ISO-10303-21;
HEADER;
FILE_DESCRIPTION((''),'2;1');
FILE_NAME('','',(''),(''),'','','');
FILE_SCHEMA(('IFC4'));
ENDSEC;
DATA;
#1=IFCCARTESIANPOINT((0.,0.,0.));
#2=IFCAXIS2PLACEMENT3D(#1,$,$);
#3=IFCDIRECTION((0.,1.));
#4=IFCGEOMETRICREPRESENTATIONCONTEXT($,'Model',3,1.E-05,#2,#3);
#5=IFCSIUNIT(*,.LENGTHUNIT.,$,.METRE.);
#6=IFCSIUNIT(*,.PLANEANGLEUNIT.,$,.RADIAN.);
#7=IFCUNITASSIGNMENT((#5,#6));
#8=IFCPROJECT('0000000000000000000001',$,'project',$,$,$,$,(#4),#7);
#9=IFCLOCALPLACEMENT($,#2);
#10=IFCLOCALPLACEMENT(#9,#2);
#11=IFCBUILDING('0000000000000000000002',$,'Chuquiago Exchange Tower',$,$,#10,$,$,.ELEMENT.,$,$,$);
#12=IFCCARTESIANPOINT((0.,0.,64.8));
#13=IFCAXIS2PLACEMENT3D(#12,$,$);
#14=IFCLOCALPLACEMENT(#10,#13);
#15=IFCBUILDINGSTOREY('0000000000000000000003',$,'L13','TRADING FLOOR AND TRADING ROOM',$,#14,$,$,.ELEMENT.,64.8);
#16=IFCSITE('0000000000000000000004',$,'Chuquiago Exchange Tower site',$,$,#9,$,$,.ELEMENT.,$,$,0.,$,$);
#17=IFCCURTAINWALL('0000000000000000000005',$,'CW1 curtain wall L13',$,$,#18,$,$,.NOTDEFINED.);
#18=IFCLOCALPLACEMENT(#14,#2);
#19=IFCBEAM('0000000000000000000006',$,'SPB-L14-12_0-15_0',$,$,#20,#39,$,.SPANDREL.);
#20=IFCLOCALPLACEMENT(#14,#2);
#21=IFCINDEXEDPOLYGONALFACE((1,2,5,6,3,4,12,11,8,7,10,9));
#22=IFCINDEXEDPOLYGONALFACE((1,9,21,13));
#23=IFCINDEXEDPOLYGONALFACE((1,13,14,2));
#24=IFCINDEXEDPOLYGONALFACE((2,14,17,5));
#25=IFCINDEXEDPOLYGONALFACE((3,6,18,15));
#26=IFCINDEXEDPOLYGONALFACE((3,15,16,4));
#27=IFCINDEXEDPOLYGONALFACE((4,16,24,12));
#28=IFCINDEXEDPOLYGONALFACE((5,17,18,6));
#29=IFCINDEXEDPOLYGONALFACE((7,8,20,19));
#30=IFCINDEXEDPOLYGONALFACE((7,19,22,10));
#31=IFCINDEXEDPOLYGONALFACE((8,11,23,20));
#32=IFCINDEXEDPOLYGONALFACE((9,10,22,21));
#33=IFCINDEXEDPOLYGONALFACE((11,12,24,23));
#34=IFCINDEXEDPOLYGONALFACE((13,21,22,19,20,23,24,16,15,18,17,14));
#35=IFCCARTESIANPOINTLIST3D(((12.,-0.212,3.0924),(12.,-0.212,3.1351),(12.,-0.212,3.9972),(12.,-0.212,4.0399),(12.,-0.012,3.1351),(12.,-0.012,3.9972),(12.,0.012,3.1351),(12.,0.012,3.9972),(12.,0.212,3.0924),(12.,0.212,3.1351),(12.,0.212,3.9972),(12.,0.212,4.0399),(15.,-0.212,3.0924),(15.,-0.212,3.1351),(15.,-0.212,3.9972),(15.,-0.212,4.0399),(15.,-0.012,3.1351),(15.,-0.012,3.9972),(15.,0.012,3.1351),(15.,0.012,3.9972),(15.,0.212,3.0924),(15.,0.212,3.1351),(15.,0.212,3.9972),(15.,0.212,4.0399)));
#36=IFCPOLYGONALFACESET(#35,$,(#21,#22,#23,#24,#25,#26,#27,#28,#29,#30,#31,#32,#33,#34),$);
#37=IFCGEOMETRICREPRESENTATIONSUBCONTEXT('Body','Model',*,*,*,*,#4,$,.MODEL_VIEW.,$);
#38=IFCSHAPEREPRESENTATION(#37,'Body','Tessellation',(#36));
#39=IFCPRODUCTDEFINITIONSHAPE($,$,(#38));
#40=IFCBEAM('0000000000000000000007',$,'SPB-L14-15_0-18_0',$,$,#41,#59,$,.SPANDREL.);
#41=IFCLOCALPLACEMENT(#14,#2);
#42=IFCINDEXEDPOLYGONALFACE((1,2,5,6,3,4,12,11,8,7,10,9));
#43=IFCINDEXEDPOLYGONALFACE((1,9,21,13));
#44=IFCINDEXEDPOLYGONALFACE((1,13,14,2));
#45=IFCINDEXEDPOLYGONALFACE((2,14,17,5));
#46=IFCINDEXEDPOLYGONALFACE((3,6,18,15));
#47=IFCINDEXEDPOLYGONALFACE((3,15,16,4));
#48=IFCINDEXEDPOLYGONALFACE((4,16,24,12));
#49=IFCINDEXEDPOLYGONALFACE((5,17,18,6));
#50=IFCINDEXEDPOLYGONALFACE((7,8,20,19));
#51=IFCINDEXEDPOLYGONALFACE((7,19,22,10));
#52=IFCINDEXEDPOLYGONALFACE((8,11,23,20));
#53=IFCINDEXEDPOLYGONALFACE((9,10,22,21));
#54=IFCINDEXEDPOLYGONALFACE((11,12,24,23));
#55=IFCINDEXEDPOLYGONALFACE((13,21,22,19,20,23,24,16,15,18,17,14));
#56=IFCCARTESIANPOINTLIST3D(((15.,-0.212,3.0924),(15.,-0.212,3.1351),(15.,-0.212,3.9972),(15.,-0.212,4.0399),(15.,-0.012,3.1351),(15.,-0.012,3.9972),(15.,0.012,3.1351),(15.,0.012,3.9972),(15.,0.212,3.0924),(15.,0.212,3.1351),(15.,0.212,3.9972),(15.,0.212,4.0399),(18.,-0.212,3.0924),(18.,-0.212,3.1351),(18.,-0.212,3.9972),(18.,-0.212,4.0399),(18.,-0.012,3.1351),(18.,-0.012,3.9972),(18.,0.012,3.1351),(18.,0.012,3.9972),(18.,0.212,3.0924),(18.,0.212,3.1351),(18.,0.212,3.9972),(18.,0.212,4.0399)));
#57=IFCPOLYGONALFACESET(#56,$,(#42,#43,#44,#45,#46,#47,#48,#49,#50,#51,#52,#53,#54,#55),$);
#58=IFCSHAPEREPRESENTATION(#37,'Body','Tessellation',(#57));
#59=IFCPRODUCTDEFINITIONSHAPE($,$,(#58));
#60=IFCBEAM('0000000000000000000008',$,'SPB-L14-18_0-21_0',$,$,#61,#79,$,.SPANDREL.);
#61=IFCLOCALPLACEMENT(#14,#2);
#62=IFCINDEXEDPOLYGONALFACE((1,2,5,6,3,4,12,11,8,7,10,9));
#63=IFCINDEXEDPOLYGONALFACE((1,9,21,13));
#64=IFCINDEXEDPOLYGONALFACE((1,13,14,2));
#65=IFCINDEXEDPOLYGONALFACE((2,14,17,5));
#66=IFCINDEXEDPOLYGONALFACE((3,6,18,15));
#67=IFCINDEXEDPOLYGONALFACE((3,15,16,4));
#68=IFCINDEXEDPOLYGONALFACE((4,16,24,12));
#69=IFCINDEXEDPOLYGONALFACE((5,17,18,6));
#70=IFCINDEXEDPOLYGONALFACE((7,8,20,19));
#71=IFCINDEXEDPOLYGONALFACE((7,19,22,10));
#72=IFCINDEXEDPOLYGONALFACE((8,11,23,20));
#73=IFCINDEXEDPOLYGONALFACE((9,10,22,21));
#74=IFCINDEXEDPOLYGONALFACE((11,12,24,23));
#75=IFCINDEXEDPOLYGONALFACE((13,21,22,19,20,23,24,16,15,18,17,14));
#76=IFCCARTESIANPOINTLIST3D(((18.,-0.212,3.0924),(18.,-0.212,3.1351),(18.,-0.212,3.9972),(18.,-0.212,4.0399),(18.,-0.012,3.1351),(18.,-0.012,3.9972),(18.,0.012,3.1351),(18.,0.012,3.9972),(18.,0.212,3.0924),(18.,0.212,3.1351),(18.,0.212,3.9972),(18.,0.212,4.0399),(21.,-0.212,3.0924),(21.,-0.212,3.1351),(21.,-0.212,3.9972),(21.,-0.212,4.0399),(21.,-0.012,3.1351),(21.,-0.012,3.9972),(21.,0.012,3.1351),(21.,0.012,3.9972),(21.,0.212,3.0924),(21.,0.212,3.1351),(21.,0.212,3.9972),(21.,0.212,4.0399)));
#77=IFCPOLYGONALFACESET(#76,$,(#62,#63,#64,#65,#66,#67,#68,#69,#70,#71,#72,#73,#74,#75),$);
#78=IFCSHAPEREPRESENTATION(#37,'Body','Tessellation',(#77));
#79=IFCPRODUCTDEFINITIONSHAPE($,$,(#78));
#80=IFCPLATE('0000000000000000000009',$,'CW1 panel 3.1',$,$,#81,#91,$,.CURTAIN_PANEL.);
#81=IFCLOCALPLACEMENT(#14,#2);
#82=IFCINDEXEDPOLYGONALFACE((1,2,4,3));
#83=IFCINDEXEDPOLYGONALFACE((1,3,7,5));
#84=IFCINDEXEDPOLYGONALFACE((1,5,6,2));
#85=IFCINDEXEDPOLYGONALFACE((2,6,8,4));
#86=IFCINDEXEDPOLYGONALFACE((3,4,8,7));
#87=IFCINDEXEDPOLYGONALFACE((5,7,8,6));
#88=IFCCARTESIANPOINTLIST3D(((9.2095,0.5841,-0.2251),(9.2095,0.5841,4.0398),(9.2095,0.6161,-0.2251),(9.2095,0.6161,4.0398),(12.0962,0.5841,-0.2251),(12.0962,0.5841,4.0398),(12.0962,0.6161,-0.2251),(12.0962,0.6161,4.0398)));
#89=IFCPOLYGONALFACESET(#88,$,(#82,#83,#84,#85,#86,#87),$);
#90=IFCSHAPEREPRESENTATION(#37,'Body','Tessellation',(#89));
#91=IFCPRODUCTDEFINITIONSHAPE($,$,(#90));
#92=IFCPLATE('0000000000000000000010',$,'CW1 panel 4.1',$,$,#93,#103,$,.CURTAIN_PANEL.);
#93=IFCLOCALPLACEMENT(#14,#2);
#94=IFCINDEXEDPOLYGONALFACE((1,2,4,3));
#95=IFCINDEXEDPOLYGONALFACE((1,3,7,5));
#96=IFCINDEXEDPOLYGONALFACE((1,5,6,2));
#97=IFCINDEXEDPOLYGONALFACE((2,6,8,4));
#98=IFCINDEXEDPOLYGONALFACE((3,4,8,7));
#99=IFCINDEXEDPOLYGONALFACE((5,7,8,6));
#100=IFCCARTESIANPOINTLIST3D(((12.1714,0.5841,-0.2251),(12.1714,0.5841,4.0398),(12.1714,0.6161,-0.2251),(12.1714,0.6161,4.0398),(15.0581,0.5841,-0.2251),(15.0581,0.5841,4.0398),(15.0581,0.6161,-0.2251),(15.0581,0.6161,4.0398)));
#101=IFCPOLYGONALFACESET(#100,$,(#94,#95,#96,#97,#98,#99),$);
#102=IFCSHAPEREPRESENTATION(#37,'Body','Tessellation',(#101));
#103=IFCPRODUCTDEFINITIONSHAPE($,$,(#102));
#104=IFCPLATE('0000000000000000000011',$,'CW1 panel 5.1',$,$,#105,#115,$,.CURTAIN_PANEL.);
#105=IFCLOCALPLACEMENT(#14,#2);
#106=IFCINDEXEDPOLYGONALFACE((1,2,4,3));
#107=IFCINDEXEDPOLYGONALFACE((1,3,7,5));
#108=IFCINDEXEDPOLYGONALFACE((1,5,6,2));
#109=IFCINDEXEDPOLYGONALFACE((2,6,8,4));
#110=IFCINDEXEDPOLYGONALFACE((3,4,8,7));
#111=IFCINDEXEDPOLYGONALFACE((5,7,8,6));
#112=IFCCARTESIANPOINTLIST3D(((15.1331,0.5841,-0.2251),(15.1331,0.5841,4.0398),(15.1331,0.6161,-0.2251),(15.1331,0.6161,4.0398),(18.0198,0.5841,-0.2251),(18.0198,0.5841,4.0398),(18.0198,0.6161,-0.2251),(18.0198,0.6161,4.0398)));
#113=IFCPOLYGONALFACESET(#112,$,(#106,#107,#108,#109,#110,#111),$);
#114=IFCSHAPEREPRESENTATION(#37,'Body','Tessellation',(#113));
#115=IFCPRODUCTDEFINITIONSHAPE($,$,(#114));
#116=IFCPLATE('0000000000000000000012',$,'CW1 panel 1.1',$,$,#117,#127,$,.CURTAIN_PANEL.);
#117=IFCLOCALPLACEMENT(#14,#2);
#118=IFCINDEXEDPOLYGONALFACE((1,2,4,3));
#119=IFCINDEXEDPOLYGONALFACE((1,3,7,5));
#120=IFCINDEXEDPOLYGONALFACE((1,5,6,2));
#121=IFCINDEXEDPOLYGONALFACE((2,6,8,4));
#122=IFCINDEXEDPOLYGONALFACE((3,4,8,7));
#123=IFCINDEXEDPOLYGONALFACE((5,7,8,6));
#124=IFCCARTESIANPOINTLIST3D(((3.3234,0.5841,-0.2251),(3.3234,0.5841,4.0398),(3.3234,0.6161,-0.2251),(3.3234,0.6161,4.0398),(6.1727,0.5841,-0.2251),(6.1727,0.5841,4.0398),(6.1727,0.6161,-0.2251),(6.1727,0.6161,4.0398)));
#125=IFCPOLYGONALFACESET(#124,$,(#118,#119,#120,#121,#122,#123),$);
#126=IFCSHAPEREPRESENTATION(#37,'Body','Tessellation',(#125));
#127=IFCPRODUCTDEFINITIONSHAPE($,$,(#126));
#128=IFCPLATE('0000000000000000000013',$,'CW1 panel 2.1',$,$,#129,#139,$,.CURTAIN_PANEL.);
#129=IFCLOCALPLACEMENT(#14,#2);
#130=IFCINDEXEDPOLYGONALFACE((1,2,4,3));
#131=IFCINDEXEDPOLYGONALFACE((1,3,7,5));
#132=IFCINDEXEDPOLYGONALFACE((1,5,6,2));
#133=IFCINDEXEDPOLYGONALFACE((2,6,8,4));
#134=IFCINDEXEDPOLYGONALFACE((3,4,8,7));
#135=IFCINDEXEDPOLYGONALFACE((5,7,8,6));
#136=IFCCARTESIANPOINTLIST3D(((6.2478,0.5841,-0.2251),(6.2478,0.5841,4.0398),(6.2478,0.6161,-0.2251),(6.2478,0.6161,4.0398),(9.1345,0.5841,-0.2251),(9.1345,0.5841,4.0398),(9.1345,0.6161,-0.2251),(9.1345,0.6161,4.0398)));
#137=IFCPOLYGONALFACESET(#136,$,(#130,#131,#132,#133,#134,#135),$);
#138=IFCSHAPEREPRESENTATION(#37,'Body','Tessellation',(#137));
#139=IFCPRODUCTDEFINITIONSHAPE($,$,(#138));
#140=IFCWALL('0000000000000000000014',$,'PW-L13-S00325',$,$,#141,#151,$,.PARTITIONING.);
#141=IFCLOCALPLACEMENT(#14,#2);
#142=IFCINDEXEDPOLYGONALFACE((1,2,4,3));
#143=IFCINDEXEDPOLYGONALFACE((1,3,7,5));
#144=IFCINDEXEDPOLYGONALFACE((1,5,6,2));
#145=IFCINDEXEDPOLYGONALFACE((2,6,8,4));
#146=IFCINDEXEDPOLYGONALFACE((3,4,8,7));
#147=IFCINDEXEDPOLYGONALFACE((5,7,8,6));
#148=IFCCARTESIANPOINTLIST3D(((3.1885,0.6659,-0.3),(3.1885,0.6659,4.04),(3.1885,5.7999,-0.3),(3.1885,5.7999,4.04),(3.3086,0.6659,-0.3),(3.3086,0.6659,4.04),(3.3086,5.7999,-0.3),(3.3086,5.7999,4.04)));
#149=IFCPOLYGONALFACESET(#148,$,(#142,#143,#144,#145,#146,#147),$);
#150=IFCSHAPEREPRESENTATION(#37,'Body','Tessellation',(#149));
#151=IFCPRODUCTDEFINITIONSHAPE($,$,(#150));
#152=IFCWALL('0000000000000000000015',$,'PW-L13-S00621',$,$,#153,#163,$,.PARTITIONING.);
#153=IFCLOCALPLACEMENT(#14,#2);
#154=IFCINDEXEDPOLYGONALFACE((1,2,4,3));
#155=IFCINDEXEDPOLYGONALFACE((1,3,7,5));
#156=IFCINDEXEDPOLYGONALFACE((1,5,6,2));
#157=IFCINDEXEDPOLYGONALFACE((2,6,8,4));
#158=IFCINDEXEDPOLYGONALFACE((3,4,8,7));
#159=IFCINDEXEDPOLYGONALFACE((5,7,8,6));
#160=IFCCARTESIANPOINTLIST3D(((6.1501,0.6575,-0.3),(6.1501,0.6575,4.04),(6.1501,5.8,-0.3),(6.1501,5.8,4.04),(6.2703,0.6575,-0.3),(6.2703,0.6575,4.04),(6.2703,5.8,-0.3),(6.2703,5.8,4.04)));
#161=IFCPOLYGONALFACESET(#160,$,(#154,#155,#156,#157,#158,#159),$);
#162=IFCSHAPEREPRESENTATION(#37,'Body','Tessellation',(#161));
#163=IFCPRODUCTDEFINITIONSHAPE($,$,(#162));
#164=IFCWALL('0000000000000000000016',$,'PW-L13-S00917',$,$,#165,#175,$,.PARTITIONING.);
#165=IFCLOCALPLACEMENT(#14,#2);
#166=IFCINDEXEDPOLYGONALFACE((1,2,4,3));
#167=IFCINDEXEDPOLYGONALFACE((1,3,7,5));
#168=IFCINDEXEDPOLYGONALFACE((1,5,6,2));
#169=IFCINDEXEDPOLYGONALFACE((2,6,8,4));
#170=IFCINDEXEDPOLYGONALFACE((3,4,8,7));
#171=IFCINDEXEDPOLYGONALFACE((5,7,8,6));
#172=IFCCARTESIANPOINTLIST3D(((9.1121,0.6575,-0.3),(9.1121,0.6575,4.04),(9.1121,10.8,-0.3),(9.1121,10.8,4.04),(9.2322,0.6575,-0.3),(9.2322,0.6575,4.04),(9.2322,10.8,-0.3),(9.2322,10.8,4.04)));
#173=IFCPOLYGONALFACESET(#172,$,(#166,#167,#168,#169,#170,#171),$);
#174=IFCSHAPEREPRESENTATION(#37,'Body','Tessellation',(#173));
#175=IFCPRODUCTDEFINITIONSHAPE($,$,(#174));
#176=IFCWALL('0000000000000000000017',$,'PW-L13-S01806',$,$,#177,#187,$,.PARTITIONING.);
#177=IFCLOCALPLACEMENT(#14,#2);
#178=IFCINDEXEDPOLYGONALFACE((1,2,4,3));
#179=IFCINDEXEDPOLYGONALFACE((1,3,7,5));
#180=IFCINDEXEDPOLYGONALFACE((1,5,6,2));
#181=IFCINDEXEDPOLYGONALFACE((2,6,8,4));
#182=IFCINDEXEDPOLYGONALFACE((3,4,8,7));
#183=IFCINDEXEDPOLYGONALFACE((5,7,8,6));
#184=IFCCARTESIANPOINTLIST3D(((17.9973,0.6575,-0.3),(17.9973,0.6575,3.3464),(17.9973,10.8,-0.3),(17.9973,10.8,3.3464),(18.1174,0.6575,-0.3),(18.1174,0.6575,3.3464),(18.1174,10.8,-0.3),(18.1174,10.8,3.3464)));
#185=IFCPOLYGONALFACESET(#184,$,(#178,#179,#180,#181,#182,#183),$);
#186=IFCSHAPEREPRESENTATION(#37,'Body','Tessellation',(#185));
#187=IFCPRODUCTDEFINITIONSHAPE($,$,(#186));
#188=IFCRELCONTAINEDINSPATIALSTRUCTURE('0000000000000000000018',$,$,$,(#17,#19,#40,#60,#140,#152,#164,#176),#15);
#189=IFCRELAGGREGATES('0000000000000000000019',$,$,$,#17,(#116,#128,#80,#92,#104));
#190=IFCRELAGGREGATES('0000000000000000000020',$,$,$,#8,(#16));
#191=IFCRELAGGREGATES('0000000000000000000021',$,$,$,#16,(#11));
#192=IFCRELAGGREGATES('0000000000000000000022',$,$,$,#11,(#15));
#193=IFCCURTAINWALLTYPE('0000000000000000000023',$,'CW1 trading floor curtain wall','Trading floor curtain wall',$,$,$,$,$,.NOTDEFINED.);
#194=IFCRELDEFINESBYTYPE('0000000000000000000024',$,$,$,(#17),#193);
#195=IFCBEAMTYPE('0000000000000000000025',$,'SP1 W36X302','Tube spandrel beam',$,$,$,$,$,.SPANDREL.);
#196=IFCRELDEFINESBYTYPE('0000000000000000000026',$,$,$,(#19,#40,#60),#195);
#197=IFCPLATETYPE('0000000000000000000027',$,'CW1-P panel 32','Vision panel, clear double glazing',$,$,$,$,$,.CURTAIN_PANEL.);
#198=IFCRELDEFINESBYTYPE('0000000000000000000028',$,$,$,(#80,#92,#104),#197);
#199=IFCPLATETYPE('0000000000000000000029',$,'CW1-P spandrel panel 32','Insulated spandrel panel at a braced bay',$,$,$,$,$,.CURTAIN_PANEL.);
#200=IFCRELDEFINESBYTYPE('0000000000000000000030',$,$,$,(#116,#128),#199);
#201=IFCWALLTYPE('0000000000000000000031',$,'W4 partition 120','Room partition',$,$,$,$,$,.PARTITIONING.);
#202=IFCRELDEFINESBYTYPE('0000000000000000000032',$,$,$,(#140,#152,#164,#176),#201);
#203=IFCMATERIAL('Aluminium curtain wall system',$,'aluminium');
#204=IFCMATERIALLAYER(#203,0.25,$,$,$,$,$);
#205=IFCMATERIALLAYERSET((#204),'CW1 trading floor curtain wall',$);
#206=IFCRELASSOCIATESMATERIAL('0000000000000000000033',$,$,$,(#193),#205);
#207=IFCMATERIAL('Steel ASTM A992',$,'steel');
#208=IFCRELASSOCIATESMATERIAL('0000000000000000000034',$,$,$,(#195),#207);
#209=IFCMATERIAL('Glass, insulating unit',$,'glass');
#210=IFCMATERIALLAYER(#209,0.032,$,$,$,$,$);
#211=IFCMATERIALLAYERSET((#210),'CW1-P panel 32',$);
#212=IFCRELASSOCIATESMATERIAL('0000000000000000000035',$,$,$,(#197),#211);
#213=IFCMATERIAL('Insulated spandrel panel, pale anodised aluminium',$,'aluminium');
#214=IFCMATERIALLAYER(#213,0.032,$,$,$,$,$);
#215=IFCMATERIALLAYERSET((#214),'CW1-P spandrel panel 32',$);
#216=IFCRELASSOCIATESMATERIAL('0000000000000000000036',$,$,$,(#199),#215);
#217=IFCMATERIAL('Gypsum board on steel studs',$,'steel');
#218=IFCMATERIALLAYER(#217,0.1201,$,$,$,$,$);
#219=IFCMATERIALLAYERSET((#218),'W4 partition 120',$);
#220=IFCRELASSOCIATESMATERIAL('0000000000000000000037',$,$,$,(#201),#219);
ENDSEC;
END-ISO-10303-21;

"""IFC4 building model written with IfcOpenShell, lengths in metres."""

from ifc_helpers import new_model, si_unit, direction, frame, frame_2d, origin, origin_2d, place, context, subcontext, project, spatial, rectangle, i_section, extrude, material, layer, layer_set, material_profile, profile_set, type_object, element, aggregate, save


model = new_model("IFC4")

# Units and contexts
model_context = context("Model", 3, precision=1e-05, world=origin(), true_north=direction((0.0, 1.0)))
body_context = subcontext(model_context, "Body", "Model", "MODEL_VIEW")
ifc_project = project(units=[si_unit("LENGTHUNIT", "METRE"), si_unit("PLANEANGLEUNIT", "RADIAN")], contexts=[model_context])

# Site, building, storey
site_placement = place(None, origin())
site = spatial("IfcSite", under=ifc_project, at=site_placement, Name="Chuquiago Exchange Tower site", CompositionType="ELEMENT", RefElevation=0.0)
building_placement = place(site_placement, origin())
building = spatial("IfcBuilding", under=site, at=building_placement, Name="Chuquiago Exchange Tower", CompositionType="ELEMENT")
storey_placement = place(building_placement, frame((0.0, 0.0, 64.8)))
storey = spatial("IfcBuildingStorey", under=building, at=storey_placement, Name="L13", Description="TRADING FLOOR AND TRADING ROOM", CompositionType="ELEMENT", Elevation=64.8)

# Curtain wall
ifc_material_1 = material(Name="Aluminium curtain wall system", Category="aluminium")
ifc_layer_1 = layer(ifc_material_1, 0.25)
ifc_layer_set_1 = layer_set([ifc_layer_1], Name="CW1 trading floor curtain wall")
curtain_wall_type_1 = type_object("IfcCurtainWallType", Name="CW1 trading floor curtain wall", Description="Trading floor curtain wall", PredefinedType="NOTDEFINED", material=ifc_layer_set_1)
curtain_wall_1_placement = place(storey_placement, origin())
curtain_wall_1 = element("IfcCurtainWall", 1, at=curtain_wall_1_placement, inside=storey, type_object=curtain_wall_type_1, Name="CW1 curtain wall L13", PredefinedType="NOTDEFINED")

# Beams
ifc_material_2 = material(Name="Steel ASTM A992", Category="steel")
ifc_material_profile_1 = material_profile(ifc_material_2, i_section(OverallWidth=0.4241, OverallDepth=0.9475, WebThickness=0.0239, FlangeThickness=0.0427, at=origin_2d()), Name="W36X302")
ifc_profile_set_1 = profile_set([ifc_material_profile_1], Name="Steel ASTM A992")
beam_type = type_object("IfcBeamType", Name="SP1 W36X302", Description="Tube spandrel beam", PredefinedType="SPANDREL", material=ifc_profile_set_1)
for number, where, z_axis, x_axis, name in (
    (2, (12.0, 0.0, 3.5662), (1.0, 0.0, 0.0), (0.0, 1.0, 0.0), "SPB-L14-12_0-15_0"),
    (3, (15.0, 0.0, 3.5662), (1.0, 0.0, 0.0), (0.0, 1.0, 0.0), "SPB-L14-15_0-18_0"),
    (4, (18.0, 0.0, 3.5662), (1.0, 0.0, 0.0), (0.0, 1.0, 0.0), "SPB-L14-18_0-21_0"),
):
    element("IfcBeam", number, at=place(storey_placement, frame(where, z_axis=z_axis, x_axis=x_axis)), inside=storey, type_object=beam_type, Name=name, PredefinedType="SPANDREL", context=body_context, shape_type="SweptSolid", body=[
        extrude(i_section(OverallWidth=0.4241, OverallDepth=0.9475, WebThickness=0.0239, FlangeThickness=0.0427, at=origin_2d()), origin(), (0.0, 0.0, 1.0), 3.0),
    ])

# Plates
ifc_material_3 = material(Name="Glass, insulating unit", Category="glass")
ifc_layer_2 = layer(ifc_material_3, 0.032)
ifc_layer_set_2 = layer_set([ifc_layer_2], Name="CW1-P panel 32")
plate_type_1 = type_object("IfcPlateType", Name="CW1-P panel 32", Description="Vision panel, clear double glazing", PredefinedType="CURTAIN_PANEL", material=ifc_layer_set_2)
plate_1_placement = place(storey_placement, frame((10.6528, 0.6001, -0.2251), z_axis=(0.0, 0.0, 1.0), x_axis=(1.0, 0.0, 0.0)))
plate_1 = element("IfcPlate", 5, at=plate_1_placement, type_object=plate_type_1, Name="CW1 panel 3.1", PredefinedType="CURTAIN_PANEL", context=body_context, shape_type="SweptSolid", body=[
    extrude(rectangle(XDim=2.8867, YDim=0.032, at=origin_2d()), origin(), (0.0, 0.0, 1.0), 4.2649),
])
plate_2_placement = place(storey_placement, frame((13.6147, 0.6001, -0.2251), z_axis=(0.0, 0.0, 1.0), x_axis=(1.0, 0.0, 0.0)))
plate_2 = element("IfcPlate", 6, at=plate_2_placement, type_object=plate_type_1, Name="CW1 panel 4.1", PredefinedType="CURTAIN_PANEL", context=body_context, shape_type="SweptSolid", body=[
    extrude(rectangle(XDim=2.8867, YDim=0.032, at=origin_2d()), origin(), (0.0, 0.0, 1.0), 4.2649),
])
plate_3_placement = place(storey_placement, frame((16.5764, 0.6001, -0.2251), z_axis=(0.0, 0.0, 1.0), x_axis=(1.0, 0.0, 0.0)))
plate_3 = element("IfcPlate", 7, at=plate_3_placement, type_object=plate_type_1, Name="CW1 panel 5.1", PredefinedType="CURTAIN_PANEL", context=body_context, shape_type="SweptSolid", body=[
    extrude(rectangle(XDim=2.8867, YDim=0.032, at=origin_2d()), origin(), (0.0, 0.0, 1.0), 4.2649),
])
ifc_material_4 = material(Name="Insulated spandrel panel, pale anodised aluminium", Category="aluminium")
ifc_layer_3 = layer(ifc_material_4, 0.032)
ifc_layer_set_3 = layer_set([ifc_layer_3], Name="CW1-P spandrel panel 32")
plate_type_2 = type_object("IfcPlateType", Name="CW1-P spandrel panel 32", Description="Insulated spandrel panel at a braced bay", PredefinedType="CURTAIN_PANEL", material=ifc_layer_set_3)
plate_4_placement = place(storey_placement, frame((4.748, 0.6001, -0.2251), z_axis=(0.0, 0.0, 1.0), x_axis=(1.0, 0.0, 0.0)))
plate_4 = element("IfcPlate", 8, at=plate_4_placement, type_object=plate_type_2, Name="CW1 panel 1.1", PredefinedType="CURTAIN_PANEL", context=body_context, shape_type="SweptSolid", body=[
    extrude(rectangle(XDim=2.8494, YDim=0.032, at=origin_2d()), origin(), (0.0, 0.0, 1.0), 4.2649),
])
plate_5_placement = place(storey_placement, frame((7.6912, 0.6001, -0.2251), z_axis=(0.0, 0.0, 1.0), x_axis=(1.0, 0.0, 0.0)))
plate_5 = element("IfcPlate", 9, at=plate_5_placement, type_object=plate_type_2, Name="CW1 panel 2.1", PredefinedType="CURTAIN_PANEL", context=body_context, shape_type="SweptSolid", body=[
    extrude(rectangle(XDim=2.8867, YDim=0.032, at=origin_2d()), origin(), (0.0, 0.0, 1.0), 4.2649),
])
aggregate(curtain_wall_1, [plate_4, plate_5, plate_1, plate_2, plate_3])

# Walls
ifc_material_5 = material(Name="Gypsum board on steel studs", Category="steel")
ifc_layer_4 = layer(ifc_material_5, 0.1201)
ifc_layer_set_4 = layer_set([ifc_layer_4], Name="W4 partition 120")
wall_type = type_object("IfcWallType", Name="W4 partition 120", Description="Room partition", PredefinedType="PARTITIONING", material=ifc_layer_set_4)
wall_1_placement = place(storey_placement, frame((3.2485, 0.666, -0.3), z_axis=(0.0, 0.0, 1.0), x_axis=(0.0, 1.0, 0.0)))
element("IfcWall", 10, at=wall_1_placement, inside=storey, type_object=wall_type, Name="PW-L13-S00325", PredefinedType="PARTITIONING", context=body_context, shape_type="SweptSolid", body=[
    extrude(rectangle(XDim=5.134, YDim=0.1201, at=frame_2d((2.5669, 0.0))), origin(), (0.0, 0.0, 1.0), 4.3401),
])
wall_2_placement = place(storey_placement, frame((6.2102, 0.6575, -0.3), z_axis=(0.0, 0.0, 1.0), x_axis=(0.0, 1.0, 0.0)))
element("IfcWall", 11, at=wall_2_placement, inside=storey, type_object=wall_type, Name="PW-L13-S00621", PredefinedType="PARTITIONING", context=body_context, shape_type="SweptSolid", body=[
    extrude(rectangle(XDim=5.1426, YDim=0.1201, at=frame_2d((2.5713, 0.0))), origin(), (0.0, 0.0, 1.0), 4.3401),
])
wall_3_placement = place(storey_placement, frame((9.1721, 0.6575, -0.3), z_axis=(0.0, 0.0, 1.0), x_axis=(0.0, 1.0, 0.0)))
element("IfcWall", 12, at=wall_3_placement, inside=storey, type_object=wall_type, Name="PW-L13-S00917", PredefinedType="PARTITIONING", context=body_context, shape_type="SweptSolid", body=[
    extrude(rectangle(XDim=10.1426, YDim=0.1201, at=frame_2d((5.0713, 0.0))), origin(), (0.0, 0.0, 1.0), 4.3401),
])
wall_4_placement = place(storey_placement, frame((18.0574, 0.6575, -0.3), z_axis=(0.0, 0.0, 1.0), x_axis=(0.0, 1.0, 0.0)))
element("IfcWall", 13, at=wall_4_placement, inside=storey, type_object=wall_type, Name="PW-L13-S01806", PredefinedType="PARTITIONING", context=body_context, shape_type="SweptSolid", body=[
    extrude(rectangle(XDim=10.1426, YDim=0.1201, at=frame_2d((5.0713, 0.0))), origin(), (0.0, 0.0, 1.0), 3.6465),
])

save(model, "model.ifc")
